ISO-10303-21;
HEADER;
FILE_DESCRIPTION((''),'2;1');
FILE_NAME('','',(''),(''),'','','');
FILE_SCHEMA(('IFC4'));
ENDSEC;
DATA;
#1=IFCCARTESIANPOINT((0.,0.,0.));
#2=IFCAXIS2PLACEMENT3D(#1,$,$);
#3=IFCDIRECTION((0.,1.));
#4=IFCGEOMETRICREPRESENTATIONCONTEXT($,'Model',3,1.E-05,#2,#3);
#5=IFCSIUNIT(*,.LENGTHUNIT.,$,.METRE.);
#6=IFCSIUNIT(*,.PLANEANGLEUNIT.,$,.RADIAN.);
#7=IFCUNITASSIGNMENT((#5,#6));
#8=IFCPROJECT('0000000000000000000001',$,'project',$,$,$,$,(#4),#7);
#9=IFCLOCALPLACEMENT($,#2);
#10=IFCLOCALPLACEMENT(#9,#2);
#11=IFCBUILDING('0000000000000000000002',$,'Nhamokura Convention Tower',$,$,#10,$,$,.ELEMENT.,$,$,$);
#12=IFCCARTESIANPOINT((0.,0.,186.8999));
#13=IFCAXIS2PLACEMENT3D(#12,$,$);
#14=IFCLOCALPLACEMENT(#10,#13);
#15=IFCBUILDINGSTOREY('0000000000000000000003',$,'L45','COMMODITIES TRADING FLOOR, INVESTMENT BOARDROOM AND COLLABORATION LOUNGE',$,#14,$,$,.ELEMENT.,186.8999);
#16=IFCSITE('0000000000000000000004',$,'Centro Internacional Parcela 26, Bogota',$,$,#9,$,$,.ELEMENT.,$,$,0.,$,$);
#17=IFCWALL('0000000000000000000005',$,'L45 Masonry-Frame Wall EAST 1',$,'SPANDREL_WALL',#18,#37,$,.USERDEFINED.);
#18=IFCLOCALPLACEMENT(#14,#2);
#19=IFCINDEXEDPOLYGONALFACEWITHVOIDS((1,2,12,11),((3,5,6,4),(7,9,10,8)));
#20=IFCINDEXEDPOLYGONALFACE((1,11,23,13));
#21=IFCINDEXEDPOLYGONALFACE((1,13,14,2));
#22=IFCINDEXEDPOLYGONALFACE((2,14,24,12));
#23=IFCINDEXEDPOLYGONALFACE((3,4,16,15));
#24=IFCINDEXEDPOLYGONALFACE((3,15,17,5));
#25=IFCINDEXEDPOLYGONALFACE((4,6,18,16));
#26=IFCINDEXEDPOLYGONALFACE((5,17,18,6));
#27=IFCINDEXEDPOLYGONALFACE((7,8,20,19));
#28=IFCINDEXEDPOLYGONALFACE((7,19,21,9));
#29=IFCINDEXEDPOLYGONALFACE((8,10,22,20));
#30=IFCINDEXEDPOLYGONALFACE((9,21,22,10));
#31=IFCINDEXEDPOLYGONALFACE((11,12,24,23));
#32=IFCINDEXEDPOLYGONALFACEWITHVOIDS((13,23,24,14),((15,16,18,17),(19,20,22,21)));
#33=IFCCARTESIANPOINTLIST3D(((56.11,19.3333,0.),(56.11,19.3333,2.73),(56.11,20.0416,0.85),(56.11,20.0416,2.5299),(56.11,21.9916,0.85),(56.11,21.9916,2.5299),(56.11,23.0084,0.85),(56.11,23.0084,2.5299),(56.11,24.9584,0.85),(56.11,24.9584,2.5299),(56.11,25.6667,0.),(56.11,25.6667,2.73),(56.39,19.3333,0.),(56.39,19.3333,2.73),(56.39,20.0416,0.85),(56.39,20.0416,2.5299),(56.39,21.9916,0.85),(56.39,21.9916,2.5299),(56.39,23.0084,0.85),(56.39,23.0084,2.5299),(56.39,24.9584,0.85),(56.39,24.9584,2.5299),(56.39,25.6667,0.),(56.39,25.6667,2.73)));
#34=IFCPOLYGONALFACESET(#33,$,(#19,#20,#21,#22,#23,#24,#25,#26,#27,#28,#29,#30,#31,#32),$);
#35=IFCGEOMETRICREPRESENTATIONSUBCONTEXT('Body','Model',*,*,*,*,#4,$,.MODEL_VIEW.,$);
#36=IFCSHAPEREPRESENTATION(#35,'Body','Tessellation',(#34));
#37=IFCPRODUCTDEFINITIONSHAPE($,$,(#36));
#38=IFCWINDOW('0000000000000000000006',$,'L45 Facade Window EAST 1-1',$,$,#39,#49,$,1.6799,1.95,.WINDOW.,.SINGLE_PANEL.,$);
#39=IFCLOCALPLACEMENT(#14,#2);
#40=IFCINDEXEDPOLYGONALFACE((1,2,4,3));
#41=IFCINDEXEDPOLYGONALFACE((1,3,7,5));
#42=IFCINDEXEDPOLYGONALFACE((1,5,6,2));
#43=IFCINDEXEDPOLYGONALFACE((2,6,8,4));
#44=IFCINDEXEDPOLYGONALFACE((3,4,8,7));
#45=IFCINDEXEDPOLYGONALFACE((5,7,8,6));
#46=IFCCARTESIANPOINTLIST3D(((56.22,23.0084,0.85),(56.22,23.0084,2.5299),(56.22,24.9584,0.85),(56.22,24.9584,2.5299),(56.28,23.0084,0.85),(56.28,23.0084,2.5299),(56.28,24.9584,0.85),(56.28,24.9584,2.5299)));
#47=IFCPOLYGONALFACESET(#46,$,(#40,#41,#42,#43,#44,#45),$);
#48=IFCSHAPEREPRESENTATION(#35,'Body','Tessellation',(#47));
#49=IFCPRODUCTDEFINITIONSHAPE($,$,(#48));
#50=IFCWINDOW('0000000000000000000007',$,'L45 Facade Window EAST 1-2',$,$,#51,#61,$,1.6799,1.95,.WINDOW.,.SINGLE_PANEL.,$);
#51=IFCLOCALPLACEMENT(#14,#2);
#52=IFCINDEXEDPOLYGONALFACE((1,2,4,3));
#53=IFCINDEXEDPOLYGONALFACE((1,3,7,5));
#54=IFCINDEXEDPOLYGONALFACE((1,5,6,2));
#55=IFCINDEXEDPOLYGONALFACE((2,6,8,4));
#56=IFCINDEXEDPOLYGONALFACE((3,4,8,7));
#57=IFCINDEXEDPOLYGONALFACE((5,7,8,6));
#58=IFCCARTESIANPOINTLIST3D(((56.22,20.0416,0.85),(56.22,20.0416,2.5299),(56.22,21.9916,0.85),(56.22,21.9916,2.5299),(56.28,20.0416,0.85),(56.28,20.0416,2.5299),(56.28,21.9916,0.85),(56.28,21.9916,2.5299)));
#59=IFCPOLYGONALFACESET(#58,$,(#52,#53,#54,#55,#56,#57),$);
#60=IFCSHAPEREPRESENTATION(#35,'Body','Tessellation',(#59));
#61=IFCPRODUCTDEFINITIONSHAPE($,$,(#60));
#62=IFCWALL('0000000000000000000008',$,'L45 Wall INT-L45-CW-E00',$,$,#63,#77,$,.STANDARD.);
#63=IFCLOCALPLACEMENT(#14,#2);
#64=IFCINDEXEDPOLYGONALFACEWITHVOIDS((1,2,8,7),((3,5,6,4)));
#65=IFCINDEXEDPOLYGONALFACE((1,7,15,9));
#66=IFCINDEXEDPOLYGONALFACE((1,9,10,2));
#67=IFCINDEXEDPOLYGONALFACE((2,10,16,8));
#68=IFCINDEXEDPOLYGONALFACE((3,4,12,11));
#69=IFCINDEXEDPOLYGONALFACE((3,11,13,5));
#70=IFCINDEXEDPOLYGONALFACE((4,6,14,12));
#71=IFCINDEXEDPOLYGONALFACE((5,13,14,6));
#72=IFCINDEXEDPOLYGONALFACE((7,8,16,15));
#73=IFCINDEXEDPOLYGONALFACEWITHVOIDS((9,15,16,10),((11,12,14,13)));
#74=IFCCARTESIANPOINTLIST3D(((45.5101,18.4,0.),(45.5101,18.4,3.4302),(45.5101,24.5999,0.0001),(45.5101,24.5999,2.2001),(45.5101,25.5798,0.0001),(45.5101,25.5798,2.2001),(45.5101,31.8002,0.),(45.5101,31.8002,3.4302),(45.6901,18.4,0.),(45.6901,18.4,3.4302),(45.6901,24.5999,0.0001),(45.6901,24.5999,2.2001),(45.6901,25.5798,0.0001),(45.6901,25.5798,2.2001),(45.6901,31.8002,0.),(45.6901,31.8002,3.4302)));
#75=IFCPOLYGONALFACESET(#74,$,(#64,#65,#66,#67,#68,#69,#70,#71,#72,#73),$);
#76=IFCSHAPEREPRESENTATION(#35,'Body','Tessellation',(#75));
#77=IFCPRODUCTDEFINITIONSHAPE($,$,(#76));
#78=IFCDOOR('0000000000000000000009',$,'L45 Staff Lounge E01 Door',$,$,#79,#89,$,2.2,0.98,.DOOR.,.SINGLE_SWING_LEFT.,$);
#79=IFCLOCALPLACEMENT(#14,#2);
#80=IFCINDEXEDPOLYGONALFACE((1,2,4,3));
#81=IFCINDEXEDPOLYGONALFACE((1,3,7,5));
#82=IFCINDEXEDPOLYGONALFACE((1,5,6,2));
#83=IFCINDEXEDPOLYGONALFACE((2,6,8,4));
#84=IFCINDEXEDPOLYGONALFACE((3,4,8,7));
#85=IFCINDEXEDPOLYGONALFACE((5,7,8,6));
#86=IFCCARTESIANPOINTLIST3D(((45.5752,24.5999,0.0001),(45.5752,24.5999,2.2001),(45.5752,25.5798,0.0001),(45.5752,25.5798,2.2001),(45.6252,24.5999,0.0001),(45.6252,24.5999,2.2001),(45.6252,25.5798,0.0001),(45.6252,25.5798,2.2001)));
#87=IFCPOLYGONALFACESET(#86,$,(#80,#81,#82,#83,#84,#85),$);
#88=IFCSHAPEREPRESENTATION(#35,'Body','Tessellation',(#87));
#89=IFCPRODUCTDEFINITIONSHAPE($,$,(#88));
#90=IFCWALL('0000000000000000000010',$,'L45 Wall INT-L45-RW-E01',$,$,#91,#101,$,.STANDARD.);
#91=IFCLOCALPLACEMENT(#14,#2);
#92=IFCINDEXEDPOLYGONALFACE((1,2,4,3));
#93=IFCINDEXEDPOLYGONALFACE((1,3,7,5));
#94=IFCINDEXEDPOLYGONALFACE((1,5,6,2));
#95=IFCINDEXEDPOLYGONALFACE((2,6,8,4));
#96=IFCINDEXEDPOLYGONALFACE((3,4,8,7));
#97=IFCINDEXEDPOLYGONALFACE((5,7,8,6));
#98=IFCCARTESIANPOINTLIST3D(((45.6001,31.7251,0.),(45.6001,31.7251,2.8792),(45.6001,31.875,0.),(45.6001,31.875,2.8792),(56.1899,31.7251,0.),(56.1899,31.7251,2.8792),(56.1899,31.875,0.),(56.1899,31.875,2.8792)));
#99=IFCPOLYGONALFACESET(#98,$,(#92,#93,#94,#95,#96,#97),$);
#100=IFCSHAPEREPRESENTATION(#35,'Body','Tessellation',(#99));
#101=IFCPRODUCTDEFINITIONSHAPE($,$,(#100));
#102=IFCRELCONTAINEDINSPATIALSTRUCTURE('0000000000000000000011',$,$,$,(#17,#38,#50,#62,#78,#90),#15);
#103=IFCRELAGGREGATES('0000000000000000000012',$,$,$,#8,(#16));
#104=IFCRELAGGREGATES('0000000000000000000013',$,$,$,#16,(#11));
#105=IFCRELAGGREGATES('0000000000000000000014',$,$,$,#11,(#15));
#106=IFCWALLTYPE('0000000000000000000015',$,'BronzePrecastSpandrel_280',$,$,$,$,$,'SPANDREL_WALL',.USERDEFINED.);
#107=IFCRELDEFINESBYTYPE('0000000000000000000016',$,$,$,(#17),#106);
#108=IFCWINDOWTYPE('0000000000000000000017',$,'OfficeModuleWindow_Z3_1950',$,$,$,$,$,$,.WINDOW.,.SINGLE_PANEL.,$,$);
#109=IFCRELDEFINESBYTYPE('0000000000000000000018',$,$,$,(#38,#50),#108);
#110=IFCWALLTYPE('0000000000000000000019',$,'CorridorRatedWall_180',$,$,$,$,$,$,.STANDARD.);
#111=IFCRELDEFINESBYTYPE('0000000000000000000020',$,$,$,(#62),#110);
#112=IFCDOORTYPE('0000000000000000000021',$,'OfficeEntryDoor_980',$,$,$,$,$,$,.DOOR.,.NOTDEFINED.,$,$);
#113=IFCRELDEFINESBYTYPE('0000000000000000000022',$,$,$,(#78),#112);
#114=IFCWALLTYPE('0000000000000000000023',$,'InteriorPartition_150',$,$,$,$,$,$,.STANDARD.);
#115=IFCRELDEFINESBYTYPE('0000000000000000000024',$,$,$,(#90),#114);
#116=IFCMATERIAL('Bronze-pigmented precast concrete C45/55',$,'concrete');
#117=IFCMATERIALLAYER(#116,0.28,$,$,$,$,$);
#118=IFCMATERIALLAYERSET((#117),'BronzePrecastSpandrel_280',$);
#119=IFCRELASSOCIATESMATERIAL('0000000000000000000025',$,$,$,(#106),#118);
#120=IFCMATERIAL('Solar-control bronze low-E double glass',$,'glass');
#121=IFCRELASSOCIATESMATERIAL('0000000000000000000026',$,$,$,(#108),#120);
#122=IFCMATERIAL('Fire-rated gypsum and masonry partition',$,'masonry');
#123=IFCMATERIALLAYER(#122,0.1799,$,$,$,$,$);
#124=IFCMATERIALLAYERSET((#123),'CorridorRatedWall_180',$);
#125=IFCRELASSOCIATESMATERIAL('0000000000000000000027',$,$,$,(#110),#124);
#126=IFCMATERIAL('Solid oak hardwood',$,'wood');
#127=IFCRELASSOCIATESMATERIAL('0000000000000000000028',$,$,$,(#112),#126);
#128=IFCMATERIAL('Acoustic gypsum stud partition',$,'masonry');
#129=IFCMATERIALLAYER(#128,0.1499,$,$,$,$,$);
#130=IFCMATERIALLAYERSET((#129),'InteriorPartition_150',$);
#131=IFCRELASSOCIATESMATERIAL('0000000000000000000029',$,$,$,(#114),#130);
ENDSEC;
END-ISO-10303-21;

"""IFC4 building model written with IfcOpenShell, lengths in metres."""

from ifc_helpers import new_model, si_unit, direction, frame, frame_2d, origin, place, context, subcontext, project, spatial, rectangle, extrude, material, layer, layer_set, type_object, element, fill, save


model = new_model("IFC4")

# Units and contexts
model_context = context("Model", 3, precision=1e-05, world=origin(), true_north=direction((0.0, 1.0)))
body_context = subcontext(model_context, "Body", "Model", "MODEL_VIEW")
ifc_project = project(units=[si_unit("LENGTHUNIT", "METRE"), si_unit("PLANEANGLEUNIT", "RADIAN")], contexts=[model_context])

# Site, building, storey
site_placement = place(None, origin())
site = spatial("IfcSite", under=ifc_project, at=site_placement, Name="Centro Internacional Parcela 26, Bogota", CompositionType="ELEMENT", RefElevation=0.0)
building_placement = place(site_placement, origin())
building = spatial("IfcBuilding", under=site, at=building_placement, Name="Nhamokura Convention Tower", CompositionType="ELEMENT")
storey_placement = place(building_placement, frame((0.0, 0.0, 186.8999)))
storey = spatial("IfcBuildingStorey", under=building, at=storey_placement, Name="L45", Description="COMMODITIES TRADING FLOOR, INVESTMENT BOARDROOM AND COLLABORATION LOUNGE", CompositionType="ELEMENT", Elevation=186.8999)

# Shared definitions
ifc_material_1 = material(Name="Bronze-pigmented precast concrete C45/55", Category="concrete")
ifc_layer_1 = layer(ifc_material_1, 0.28)
ifc_layer_set_1 = layer_set([ifc_layer_1], Name="BronzePrecastSpandrel_280")
wall_type_1 = type_object("IfcWallType", Name="BronzePrecastSpandrel_280", ElementType="SPANDREL_WALL", PredefinedType="USERDEFINED", material=ifc_layer_set_1)

# Wall, openings, windows
wall_1_placement = place(storey_placement, frame((56.25, 25.6667, 0.0), z_axis=(0.0, 0.0, 1.0), x_axis=(0.0, -1.0, 0.0)))
wall_1 = element("IfcWall", 1, at=wall_1_placement, inside=storey, type_object=wall_type_1, Name="L45 Masonry-Frame Wall EAST 1", ObjectType="SPANDREL_WALL", PredefinedType="USERDEFINED", context=body_context, shape_type="SweptSolid", body=[
    extrude(rectangle(XDim=6.3335, YDim=0.28, at=frame_2d((3.1667, 0.0))), origin(), (0.0, 0.0, 1.0), 2.73),
])
opening_1_placement = place(wall_1_placement, frame((0.7083, 0.0, 0.8501)))
opening_1 = element("IfcOpeningElement", 2, at=opening_1_placement, cuts=wall_1, PredefinedType="OPENING", context=body_context, shape_type="SweptSolid", body=[
    extrude(rectangle(XDim=1.95, YDim=1.6799, at=frame_2d((0.9751, 0.8398))), frame((0.0, 0.1499, 0.0), z_axis=(0.0, -1.0, 0.0), x_axis=(1.0, 0.0, 0.0)), (0.0, 0.0, 1.0), 0.3),
])
opening_2_placement = place(wall_1_placement, frame((3.675, 0.0, 0.8501)))
opening_2 = element("IfcOpeningElement", 3, at=opening_2_placement, cuts=wall_1, PredefinedType="OPENING", context=body_context, shape_type="SweptSolid", body=[
    extrude(rectangle(XDim=1.95, YDim=1.6799, at=frame_2d((0.9751, 0.8398))), frame((0.0, 0.1499, 0.0), z_axis=(0.0, -1.0, 0.0), x_axis=(1.0, 0.0, 0.0)), (0.0, 0.0, 1.0), 0.3),
])
ifc_material_2 = material(Name="Solar-control bronze low-E double glass", Category="glass")
window_type = type_object("IfcWindowType", Name="OfficeModuleWindow_Z3_1950", PartitioningType="SINGLE_PANEL", PredefinedType="WINDOW", material=ifc_material_2)
window_1_placement = place(opening_1_placement, origin())
window_1 = element("IfcWindow", 4, at=window_1_placement, inside=storey, type_object=window_type, Name="L45 Facade Window EAST 1-1", OverallHeight=1.6799, OverallWidth=1.95, PartitioningType="SINGLE_PANEL", PredefinedType="WINDOW", context=body_context, shape_type="SweptSolid", body=[
    extrude(rectangle(XDim=1.95, YDim=1.6799, at=frame_2d((0.9751, 0.8398))), frame((0.0, 0.03, 0.0), z_axis=(0.0, -1.0, 0.0), x_axis=(1.0, 0.0, 0.0)), (0.0, 0.0, 1.0), 0.0601),
])
fill(opening_1, window_1)
window_2_placement = place(opening_2_placement, origin())
window_2 = element("IfcWindow", 5, at=window_2_placement, inside=storey, type_object=window_type, Name="L45 Facade Window EAST 1-2", OverallHeight=1.6799, OverallWidth=1.95, PartitioningType="SINGLE_PANEL", PredefinedType="WINDOW", context=body_context, shape_type="SweptSolid", body=[
    extrude(rectangle(XDim=1.95, YDim=1.6799, at=frame_2d((0.9751, 0.8398))), frame((0.0, 0.03, 0.0), z_axis=(0.0, -1.0, 0.0), x_axis=(1.0, 0.0, 0.0)), (0.0, 0.0, 1.0), 0.0601),
])
fill(opening_2, window_2)

# Wall, opening, door
ifc_material_3 = material(Name="Fire-rated gypsum and masonry partition", Category="masonry")
ifc_layer_2 = layer(ifc_material_3, 0.1799)
ifc_layer_set_2 = layer_set([ifc_layer_2], Name="CorridorRatedWall_180")
wall_type_2 = type_object("IfcWallType", Name="CorridorRatedWall_180", PredefinedType="STANDARD", material=ifc_layer_set_2)
wall_2_placement = place(storey_placement, frame((45.6001, 18.3999, 0.0), z_axis=(0.0, 0.0, 1.0), x_axis=(0.0, 1.0, 0.0)))
wall_2 = element("IfcWall", 6, at=wall_2_placement, inside=storey, type_object=wall_type_2, Name="L45 Wall INT-L45-CW-E00", PredefinedType="STANDARD", context=body_context, shape_type="SweptSolid", body=[
    extrude(rectangle(XDim=13.4001, YDim=0.1799, at=frame_2d((6.7002, 0.0))), origin(), (0.0, 0.0, 1.0), 3.4302),
])
opening_3_placement = place(wall_2_placement, frame((6.2, 0.0, 0.0)))
opening_3 = element("IfcOpeningElement", 7, at=opening_3_placement, cuts=wall_2, PredefinedType="OPENING", context=body_context, shape_type="SweptSolid", body=[
    extrude(rectangle(XDim=0.98, YDim=2.2, at=frame_2d((0.49, 1.1001))), frame((0.0, 0.0999, 0.0), z_axis=(0.0, -1.0, 0.0), x_axis=(1.0, 0.0, 0.0)), (0.0, 0.0, 1.0), 0.2),
])
ifc_material_4 = material(Name="Solid oak hardwood", Category="wood")
door_type_1 = type_object("IfcDoorType", Name="OfficeEntryDoor_980", OperationType="NOTDEFINED", PredefinedType="DOOR", material=ifc_material_4)
door_1_placement = place(opening_3_placement, origin())
door_1 = element("IfcDoor", 8, at=door_1_placement, inside=storey, type_object=door_type_1, Name="L45 Staff Lounge E01 Door", OperationType="SINGLE_SWING_LEFT", OverallHeight=2.2, OverallWidth=0.98, PredefinedType="DOOR", context=body_context, shape_type="SweptSolid", body=[
    extrude(rectangle(XDim=0.98, YDim=2.2, at=frame_2d((0.49, 1.1001))), frame((0.0, 0.0249, 0.0), z_axis=(0.0, -1.0, 0.0), x_axis=(1.0, 0.0, 0.0)), (0.0, 0.0, 1.0), 0.05),
])
fill(opening_3, door_1)

# Wall
ifc_material_5 = material(Name="Acoustic gypsum stud partition", Category="masonry")
ifc_layer_3 = layer(ifc_material_5, 0.1499)
ifc_layer_set_3 = layer_set([ifc_layer_3], Name="InteriorPartition_150")
wall_type_3 = type_object("IfcWallType", Name="InteriorPartition_150", PredefinedType="STANDARD", material=ifc_layer_set_3)
wall_3_placement = place(storey_placement, frame((45.6001, 31.8, 0.0), z_axis=(0.0, 0.0, 1.0), x_axis=(1.0, 0.0, 0.0)))
element("IfcWall", 9, at=wall_3_placement, inside=storey, type_object=wall_type_3, Name="L45 Wall INT-L45-RW-E01", PredefinedType="STANDARD", context=body_context, shape_type="SweptSolid", body=[
    extrude(rectangle(XDim=10.5898, YDim=0.1499, at=frame_2d((5.2949, 0.0))), origin(), (0.0, 0.0, 1.0), 2.8792),
])

save(model, "model.ifc")
